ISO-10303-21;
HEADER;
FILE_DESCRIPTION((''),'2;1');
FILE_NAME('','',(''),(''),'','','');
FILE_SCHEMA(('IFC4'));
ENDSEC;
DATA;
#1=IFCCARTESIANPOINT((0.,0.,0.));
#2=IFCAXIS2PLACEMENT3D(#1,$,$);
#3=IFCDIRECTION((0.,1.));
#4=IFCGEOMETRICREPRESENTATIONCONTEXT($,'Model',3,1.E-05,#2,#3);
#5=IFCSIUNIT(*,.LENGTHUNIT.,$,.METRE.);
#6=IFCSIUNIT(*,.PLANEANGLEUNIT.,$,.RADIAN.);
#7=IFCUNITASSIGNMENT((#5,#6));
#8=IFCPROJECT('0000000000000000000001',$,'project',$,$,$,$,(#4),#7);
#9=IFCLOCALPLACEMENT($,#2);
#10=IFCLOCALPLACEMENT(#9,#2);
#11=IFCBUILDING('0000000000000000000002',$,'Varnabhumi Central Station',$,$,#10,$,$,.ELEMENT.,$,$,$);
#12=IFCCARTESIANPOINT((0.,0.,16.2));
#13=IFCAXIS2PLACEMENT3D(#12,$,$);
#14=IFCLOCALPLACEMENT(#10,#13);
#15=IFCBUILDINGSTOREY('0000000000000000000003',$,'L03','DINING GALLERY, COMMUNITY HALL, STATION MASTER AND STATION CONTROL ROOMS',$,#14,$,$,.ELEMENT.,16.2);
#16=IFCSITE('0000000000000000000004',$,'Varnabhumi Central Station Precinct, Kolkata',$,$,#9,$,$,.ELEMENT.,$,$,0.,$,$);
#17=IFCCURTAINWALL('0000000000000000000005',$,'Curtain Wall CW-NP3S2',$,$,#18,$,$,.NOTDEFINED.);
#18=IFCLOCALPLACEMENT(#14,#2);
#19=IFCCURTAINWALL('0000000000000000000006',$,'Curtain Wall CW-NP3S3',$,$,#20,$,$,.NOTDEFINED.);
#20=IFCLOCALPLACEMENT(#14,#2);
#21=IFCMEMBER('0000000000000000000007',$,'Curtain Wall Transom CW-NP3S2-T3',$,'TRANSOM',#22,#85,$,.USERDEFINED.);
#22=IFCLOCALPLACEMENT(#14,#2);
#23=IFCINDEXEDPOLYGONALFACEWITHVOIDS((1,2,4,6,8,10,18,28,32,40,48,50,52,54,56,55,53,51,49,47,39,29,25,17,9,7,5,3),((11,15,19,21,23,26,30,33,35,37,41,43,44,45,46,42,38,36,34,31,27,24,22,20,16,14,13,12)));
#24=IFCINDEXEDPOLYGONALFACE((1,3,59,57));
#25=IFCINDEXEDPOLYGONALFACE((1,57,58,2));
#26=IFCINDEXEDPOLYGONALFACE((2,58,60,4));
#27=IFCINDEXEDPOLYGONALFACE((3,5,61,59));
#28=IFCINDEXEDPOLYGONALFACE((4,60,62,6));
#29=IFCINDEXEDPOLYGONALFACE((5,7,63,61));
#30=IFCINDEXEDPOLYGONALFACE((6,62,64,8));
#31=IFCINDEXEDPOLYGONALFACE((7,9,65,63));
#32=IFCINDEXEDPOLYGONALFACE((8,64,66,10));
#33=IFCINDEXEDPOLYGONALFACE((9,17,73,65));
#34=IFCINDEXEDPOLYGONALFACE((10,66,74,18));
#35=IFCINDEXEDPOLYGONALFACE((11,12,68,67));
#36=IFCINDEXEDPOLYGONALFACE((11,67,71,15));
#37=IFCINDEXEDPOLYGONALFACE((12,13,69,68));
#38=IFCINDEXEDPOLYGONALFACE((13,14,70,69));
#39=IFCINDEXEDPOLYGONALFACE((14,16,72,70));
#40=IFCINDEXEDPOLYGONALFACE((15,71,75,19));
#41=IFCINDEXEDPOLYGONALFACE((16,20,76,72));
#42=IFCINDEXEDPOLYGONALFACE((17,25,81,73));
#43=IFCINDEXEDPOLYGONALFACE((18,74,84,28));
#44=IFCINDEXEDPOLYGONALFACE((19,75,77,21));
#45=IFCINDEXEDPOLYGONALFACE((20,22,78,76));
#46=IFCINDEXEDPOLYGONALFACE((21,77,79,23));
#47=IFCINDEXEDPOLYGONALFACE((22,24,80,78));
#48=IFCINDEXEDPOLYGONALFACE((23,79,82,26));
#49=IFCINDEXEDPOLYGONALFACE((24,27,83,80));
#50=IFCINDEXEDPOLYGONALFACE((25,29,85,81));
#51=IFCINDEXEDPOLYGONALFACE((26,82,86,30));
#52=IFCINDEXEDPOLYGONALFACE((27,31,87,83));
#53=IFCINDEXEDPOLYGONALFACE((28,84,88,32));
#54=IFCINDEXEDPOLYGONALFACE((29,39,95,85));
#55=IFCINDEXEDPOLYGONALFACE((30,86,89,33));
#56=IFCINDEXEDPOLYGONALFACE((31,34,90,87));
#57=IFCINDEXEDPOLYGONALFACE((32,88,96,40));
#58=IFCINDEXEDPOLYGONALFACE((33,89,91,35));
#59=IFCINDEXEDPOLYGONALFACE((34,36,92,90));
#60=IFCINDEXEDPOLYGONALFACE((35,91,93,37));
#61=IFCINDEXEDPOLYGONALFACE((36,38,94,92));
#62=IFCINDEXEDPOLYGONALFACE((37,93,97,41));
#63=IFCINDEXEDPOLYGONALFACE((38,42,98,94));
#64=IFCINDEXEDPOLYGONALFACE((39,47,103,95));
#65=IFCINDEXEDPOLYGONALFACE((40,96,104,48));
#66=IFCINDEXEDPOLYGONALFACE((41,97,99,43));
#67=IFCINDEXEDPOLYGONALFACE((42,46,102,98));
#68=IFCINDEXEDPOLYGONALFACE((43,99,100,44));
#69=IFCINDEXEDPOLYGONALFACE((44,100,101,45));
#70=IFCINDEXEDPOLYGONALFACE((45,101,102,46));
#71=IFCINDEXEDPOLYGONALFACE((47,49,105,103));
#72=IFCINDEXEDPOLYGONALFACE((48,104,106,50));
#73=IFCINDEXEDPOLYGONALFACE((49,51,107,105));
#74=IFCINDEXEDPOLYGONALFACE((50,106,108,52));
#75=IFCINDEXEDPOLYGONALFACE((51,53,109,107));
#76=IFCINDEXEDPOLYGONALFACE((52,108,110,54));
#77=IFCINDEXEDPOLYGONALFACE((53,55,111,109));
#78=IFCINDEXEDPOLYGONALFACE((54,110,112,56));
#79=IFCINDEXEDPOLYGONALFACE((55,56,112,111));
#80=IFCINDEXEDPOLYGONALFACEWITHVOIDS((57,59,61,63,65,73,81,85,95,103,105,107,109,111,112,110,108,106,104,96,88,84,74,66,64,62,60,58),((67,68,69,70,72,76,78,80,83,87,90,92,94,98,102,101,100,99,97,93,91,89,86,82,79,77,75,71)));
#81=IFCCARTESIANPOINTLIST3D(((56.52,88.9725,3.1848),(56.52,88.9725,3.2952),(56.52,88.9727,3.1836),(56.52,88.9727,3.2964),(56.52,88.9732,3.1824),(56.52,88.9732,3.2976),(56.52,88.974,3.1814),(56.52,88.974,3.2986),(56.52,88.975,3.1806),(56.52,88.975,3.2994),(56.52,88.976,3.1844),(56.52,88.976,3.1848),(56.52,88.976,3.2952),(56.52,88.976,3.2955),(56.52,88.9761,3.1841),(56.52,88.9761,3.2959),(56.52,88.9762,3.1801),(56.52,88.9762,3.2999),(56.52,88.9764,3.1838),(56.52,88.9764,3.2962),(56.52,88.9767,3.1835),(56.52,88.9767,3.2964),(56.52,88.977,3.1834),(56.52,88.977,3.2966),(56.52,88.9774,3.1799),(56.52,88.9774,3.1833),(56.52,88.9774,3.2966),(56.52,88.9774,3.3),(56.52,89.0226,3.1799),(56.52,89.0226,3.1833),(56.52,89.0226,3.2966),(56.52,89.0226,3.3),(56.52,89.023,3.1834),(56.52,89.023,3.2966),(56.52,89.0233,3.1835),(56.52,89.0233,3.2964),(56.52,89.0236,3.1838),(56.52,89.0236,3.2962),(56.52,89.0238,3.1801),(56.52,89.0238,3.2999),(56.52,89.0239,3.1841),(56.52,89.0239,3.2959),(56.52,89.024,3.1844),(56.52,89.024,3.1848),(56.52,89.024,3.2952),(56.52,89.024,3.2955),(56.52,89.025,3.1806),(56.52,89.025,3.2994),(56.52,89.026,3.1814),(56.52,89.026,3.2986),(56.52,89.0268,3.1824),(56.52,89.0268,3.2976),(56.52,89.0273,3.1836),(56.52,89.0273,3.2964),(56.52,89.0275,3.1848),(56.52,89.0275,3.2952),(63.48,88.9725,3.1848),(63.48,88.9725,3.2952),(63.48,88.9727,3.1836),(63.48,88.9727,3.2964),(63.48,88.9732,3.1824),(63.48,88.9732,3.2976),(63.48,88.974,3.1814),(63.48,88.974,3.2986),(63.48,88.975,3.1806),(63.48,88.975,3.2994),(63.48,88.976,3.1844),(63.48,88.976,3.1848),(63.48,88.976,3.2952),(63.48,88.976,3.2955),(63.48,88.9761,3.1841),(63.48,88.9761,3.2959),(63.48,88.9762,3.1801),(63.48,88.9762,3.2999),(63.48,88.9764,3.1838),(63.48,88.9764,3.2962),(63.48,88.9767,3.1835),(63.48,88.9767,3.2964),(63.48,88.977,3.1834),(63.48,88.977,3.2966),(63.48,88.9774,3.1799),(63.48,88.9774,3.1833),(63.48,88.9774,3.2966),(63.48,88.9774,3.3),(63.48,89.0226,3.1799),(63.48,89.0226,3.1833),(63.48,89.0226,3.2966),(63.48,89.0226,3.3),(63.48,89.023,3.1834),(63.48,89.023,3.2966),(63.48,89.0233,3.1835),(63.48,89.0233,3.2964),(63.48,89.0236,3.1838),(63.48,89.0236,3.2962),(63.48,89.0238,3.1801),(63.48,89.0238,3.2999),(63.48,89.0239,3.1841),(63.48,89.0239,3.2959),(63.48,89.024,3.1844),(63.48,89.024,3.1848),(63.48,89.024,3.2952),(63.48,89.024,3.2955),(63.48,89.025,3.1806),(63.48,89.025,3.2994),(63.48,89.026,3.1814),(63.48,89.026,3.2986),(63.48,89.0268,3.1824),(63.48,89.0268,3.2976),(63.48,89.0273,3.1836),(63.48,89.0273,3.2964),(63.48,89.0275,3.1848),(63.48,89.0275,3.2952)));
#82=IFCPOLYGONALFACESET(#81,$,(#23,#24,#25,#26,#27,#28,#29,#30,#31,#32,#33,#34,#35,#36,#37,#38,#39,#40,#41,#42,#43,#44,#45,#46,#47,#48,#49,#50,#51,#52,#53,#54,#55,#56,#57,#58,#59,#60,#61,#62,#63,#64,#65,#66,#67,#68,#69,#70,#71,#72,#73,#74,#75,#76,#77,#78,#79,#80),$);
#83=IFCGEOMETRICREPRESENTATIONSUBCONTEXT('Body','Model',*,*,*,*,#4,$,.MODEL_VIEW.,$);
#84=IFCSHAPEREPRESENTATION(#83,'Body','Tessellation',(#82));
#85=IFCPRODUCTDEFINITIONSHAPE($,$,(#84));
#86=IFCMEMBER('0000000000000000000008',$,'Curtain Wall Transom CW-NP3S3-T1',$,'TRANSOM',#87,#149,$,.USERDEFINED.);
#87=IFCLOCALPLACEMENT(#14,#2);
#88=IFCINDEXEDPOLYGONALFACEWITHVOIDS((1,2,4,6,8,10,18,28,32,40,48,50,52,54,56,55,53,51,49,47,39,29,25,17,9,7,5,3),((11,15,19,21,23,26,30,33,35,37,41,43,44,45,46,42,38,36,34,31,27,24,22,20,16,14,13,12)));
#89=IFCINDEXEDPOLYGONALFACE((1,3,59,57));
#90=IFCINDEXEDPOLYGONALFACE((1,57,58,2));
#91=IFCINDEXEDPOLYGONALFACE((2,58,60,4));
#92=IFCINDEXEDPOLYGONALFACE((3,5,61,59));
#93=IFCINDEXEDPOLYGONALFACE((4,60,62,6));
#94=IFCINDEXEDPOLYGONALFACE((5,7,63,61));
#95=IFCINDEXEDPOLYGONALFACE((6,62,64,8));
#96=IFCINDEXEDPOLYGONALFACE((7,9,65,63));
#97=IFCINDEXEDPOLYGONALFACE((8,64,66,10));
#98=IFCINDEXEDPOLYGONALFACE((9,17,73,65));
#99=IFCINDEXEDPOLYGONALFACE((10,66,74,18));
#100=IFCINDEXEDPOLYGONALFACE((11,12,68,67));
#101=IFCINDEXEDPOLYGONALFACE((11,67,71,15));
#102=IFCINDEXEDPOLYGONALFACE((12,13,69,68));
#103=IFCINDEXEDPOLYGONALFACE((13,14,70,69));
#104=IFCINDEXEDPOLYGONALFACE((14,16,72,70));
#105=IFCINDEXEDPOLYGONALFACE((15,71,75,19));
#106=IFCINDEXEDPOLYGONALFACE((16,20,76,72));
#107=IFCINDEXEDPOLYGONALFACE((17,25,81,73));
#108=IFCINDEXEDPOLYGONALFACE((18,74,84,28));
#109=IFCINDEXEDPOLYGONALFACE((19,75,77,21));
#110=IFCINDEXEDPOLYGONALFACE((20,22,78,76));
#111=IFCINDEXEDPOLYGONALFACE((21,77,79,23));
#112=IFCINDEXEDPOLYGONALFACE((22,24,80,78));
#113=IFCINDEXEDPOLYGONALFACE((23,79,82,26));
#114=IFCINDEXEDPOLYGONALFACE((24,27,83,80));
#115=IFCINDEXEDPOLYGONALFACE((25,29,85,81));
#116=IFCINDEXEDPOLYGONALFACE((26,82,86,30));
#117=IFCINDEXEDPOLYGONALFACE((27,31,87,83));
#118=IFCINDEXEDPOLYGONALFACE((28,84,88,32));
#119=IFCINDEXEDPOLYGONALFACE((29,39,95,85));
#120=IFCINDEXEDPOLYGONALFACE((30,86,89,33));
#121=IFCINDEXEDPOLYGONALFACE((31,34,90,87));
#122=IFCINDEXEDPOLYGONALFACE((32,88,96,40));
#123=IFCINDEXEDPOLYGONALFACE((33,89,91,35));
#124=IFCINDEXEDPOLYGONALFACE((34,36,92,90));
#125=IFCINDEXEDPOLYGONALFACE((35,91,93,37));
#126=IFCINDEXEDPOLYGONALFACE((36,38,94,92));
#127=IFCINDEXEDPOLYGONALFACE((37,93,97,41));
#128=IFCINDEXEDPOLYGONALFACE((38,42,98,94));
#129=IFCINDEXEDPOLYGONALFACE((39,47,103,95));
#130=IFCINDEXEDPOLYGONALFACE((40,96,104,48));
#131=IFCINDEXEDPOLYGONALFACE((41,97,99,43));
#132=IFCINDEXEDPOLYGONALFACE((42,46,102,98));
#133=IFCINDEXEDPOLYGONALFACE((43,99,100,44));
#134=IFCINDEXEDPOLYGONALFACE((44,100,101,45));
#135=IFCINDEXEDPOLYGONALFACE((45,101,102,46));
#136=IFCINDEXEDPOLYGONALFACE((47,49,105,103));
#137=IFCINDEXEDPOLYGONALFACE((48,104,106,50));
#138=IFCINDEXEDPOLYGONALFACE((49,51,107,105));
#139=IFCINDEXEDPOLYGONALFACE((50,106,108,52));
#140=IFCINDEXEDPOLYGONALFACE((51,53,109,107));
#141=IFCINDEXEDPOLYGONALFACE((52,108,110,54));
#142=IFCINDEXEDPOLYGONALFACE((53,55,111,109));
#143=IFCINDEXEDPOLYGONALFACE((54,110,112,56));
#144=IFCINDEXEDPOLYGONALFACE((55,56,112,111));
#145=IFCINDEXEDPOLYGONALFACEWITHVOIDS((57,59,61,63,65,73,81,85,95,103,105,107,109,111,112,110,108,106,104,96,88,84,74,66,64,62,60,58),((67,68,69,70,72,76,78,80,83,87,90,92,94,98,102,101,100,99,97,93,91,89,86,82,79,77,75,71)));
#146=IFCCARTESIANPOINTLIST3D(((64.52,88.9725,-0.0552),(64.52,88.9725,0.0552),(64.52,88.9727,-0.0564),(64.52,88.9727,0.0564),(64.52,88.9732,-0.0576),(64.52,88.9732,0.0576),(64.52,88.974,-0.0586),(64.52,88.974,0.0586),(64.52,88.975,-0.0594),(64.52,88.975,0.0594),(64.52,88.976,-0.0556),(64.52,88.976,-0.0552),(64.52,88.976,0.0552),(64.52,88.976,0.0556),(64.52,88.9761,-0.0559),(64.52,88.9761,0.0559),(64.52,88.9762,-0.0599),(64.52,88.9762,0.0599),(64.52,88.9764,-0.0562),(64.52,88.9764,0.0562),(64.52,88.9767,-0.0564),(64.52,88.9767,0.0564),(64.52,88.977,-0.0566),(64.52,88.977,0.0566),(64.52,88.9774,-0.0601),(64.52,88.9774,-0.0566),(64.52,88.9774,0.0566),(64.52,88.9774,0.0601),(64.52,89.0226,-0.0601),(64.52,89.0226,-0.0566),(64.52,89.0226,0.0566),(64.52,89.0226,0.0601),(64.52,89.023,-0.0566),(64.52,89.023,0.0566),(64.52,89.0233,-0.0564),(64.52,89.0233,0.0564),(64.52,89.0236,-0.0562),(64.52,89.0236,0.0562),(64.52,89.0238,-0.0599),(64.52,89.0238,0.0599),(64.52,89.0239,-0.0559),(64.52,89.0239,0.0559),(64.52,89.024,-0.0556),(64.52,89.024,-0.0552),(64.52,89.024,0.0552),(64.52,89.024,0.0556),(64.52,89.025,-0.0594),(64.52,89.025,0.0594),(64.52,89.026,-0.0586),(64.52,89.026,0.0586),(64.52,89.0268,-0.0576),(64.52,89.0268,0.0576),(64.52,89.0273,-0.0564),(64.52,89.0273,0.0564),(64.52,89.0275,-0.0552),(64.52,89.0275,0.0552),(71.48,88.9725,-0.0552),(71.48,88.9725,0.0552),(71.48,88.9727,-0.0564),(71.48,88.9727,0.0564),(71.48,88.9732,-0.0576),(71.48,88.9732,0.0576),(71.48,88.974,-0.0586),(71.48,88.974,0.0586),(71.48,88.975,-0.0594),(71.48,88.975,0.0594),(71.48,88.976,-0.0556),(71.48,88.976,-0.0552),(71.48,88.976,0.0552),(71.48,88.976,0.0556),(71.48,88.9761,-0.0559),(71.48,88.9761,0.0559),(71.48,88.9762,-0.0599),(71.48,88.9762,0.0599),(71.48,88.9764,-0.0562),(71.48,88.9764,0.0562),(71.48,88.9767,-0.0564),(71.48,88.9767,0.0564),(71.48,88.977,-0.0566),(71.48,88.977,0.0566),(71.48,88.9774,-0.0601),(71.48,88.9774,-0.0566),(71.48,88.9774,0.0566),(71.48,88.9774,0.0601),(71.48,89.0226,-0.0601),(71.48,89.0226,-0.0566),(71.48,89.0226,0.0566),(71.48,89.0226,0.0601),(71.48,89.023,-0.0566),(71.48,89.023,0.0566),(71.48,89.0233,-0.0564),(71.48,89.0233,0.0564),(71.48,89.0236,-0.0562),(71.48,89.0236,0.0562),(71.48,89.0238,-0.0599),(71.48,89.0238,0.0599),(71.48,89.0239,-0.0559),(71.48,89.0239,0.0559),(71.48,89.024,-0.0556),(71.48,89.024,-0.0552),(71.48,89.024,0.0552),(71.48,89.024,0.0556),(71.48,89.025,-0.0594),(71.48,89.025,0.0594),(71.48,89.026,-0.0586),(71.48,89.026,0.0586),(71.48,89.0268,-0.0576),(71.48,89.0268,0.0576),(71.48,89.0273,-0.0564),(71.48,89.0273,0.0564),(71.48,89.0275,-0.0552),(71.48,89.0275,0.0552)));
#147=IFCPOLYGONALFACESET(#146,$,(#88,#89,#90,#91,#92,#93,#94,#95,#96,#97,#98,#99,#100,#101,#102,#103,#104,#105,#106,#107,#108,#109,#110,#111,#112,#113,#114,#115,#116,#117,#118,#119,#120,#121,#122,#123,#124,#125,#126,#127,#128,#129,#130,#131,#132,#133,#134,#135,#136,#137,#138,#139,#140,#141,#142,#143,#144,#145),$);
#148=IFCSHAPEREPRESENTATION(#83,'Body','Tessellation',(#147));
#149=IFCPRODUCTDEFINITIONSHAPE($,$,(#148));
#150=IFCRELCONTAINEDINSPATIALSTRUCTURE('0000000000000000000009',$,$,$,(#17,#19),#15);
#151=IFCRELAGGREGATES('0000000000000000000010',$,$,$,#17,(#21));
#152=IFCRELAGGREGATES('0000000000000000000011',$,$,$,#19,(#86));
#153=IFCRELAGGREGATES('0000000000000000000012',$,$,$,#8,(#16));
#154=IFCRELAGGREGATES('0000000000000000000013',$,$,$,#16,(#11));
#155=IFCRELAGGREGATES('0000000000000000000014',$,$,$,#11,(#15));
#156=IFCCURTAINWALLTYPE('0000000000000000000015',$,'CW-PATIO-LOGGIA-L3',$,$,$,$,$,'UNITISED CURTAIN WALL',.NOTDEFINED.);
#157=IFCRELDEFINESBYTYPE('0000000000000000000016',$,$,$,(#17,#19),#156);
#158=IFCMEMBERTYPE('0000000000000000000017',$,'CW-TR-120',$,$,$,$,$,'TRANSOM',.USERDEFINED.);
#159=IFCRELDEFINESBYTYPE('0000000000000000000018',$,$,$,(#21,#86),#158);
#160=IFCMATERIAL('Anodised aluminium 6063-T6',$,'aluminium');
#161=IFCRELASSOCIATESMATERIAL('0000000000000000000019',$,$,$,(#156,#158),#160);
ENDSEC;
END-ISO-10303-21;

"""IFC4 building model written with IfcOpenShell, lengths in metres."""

from ifc_helpers import new_model, si_unit, direction, frame, origin, origin_2d, place, context, subcontext, project, spatial, hollow_rectangle, extrude, material, material_profile, profile_set, type_object, element, aggregate, save


model = new_model("IFC4")

# Units and contexts
model_context = context("Model", 3, precision=1e-05, world=origin(), true_north=direction((0.0, 1.0)))
body_context = subcontext(model_context, "Body", "Model", "MODEL_VIEW")
ifc_project = project(units=[si_unit("LENGTHUNIT", "METRE"), si_unit("PLANEANGLEUNIT", "RADIAN")], contexts=[model_context])

# Site, building, storey
site_placement = place(None, origin())
site = spatial("IfcSite", under=ifc_project, at=site_placement, Name="Varnabhumi Central Station Precinct, Kolkata", CompositionType="ELEMENT", RefElevation=0.0)
building_placement = place(site_placement, origin())
building = spatial("IfcBuilding", under=site, at=building_placement, Name="Varnabhumi Central Station", CompositionType="ELEMENT")
storey_placement = place(building_placement, frame((0.0, 0.0, 16.2)))
storey = spatial("IfcBuildingStorey", under=building, at=storey_placement, Name="L03", Description="DINING GALLERY, COMMUNITY HALL, STATION MASTER AND STATION CONTROL ROOMS", CompositionType="ELEMENT", Elevation=16.2)

# Curtain walls
ifc_material_1 = material(Name="Anodised aluminium 6063-T6", Category="aluminium")
curtain_wall_type = type_object("IfcCurtainWallType", Name="CW-PATIO-LOGGIA-L3", ElementType="UNITISED CURTAIN WALL", PredefinedType="NOTDEFINED", material=ifc_material_1)
curtain_wall_1_placement = place(storey_placement, origin())
curtain_wall_1 = element("IfcCurtainWall", 1, at=curtain_wall_1_placement, inside=storey, type_object=curtain_wall_type, Name="Curtain Wall CW-NP3S2", PredefinedType="NOTDEFINED")
curtain_wall_2_placement = place(storey_placement, origin())
curtain_wall_2 = element("IfcCurtainWall", 2, at=curtain_wall_2_placement, inside=storey, type_object=curtain_wall_type, Name="Curtain Wall CW-NP3S3", PredefinedType="NOTDEFINED")

# Members
ifc_material_profile_1 = material_profile(ifc_material_1, hollow_rectangle(XDim=0.0549, YDim=0.1201, WallThickness=0.0034, InnerFilletRadius=0.0015, OuterFilletRadius=0.0049, at=origin_2d()), Name="Anodised aluminium 6063-T6", Category="aluminium")
ifc_profile_set_1 = profile_set([ifc_material_profile_1], Name="Anodised aluminium 6063-T6")
member_type_1 = type_object("IfcMemberType", Name="CW-TR-120", ElementType="TRANSOM", PredefinedType="USERDEFINED", material=ifc_profile_set_1)
member_1_placement = place(storey_placement, frame((56.52, 89.0, 3.24), z_axis=(1.0, 0.0, 0.0), x_axis=(0.0, 1.0, 0.0)))
member_1 = element("IfcMember", 3, at=member_1_placement, type_object=member_type_1, Name="Curtain Wall Transom CW-NP3S2-T3", ObjectType="TRANSOM", PredefinedType="USERDEFINED", context=body_context, shape_type="SweptSolid", body=[
    extrude(hollow_rectangle(XDim=0.0549, YDim=0.1201, WallThickness=0.0034, InnerFilletRadius=0.0015, OuterFilletRadius=0.0049, at=origin_2d()), origin(), (0.0, 0.0, 1.0), 6.96),
])
member_2_placement = place(storey_placement, frame((64.52, 89.0, 0.0), z_axis=(1.0, 0.0, 0.0), x_axis=(0.0, 1.0, 0.0)))
member_2 = element("IfcMember", 4, at=member_2_placement, type_object=member_type_1, Name="Curtain Wall Transom CW-NP3S3-T1", ObjectType="TRANSOM", PredefinedType="USERDEFINED", context=body_context, shape_type="SweptSolid", body=[
    extrude(hollow_rectangle(XDim=0.0549, YDim=0.1201, WallThickness=0.0034, InnerFilletRadius=0.0015, OuterFilletRadius=0.0049, at=origin_2d()), origin(), (0.0, 0.0, 1.0), 6.96),
])

aggregate(curtain_wall_1, [member_1])
aggregate(curtain_wall_2, [member_2])

save(model, "model.ifc")
